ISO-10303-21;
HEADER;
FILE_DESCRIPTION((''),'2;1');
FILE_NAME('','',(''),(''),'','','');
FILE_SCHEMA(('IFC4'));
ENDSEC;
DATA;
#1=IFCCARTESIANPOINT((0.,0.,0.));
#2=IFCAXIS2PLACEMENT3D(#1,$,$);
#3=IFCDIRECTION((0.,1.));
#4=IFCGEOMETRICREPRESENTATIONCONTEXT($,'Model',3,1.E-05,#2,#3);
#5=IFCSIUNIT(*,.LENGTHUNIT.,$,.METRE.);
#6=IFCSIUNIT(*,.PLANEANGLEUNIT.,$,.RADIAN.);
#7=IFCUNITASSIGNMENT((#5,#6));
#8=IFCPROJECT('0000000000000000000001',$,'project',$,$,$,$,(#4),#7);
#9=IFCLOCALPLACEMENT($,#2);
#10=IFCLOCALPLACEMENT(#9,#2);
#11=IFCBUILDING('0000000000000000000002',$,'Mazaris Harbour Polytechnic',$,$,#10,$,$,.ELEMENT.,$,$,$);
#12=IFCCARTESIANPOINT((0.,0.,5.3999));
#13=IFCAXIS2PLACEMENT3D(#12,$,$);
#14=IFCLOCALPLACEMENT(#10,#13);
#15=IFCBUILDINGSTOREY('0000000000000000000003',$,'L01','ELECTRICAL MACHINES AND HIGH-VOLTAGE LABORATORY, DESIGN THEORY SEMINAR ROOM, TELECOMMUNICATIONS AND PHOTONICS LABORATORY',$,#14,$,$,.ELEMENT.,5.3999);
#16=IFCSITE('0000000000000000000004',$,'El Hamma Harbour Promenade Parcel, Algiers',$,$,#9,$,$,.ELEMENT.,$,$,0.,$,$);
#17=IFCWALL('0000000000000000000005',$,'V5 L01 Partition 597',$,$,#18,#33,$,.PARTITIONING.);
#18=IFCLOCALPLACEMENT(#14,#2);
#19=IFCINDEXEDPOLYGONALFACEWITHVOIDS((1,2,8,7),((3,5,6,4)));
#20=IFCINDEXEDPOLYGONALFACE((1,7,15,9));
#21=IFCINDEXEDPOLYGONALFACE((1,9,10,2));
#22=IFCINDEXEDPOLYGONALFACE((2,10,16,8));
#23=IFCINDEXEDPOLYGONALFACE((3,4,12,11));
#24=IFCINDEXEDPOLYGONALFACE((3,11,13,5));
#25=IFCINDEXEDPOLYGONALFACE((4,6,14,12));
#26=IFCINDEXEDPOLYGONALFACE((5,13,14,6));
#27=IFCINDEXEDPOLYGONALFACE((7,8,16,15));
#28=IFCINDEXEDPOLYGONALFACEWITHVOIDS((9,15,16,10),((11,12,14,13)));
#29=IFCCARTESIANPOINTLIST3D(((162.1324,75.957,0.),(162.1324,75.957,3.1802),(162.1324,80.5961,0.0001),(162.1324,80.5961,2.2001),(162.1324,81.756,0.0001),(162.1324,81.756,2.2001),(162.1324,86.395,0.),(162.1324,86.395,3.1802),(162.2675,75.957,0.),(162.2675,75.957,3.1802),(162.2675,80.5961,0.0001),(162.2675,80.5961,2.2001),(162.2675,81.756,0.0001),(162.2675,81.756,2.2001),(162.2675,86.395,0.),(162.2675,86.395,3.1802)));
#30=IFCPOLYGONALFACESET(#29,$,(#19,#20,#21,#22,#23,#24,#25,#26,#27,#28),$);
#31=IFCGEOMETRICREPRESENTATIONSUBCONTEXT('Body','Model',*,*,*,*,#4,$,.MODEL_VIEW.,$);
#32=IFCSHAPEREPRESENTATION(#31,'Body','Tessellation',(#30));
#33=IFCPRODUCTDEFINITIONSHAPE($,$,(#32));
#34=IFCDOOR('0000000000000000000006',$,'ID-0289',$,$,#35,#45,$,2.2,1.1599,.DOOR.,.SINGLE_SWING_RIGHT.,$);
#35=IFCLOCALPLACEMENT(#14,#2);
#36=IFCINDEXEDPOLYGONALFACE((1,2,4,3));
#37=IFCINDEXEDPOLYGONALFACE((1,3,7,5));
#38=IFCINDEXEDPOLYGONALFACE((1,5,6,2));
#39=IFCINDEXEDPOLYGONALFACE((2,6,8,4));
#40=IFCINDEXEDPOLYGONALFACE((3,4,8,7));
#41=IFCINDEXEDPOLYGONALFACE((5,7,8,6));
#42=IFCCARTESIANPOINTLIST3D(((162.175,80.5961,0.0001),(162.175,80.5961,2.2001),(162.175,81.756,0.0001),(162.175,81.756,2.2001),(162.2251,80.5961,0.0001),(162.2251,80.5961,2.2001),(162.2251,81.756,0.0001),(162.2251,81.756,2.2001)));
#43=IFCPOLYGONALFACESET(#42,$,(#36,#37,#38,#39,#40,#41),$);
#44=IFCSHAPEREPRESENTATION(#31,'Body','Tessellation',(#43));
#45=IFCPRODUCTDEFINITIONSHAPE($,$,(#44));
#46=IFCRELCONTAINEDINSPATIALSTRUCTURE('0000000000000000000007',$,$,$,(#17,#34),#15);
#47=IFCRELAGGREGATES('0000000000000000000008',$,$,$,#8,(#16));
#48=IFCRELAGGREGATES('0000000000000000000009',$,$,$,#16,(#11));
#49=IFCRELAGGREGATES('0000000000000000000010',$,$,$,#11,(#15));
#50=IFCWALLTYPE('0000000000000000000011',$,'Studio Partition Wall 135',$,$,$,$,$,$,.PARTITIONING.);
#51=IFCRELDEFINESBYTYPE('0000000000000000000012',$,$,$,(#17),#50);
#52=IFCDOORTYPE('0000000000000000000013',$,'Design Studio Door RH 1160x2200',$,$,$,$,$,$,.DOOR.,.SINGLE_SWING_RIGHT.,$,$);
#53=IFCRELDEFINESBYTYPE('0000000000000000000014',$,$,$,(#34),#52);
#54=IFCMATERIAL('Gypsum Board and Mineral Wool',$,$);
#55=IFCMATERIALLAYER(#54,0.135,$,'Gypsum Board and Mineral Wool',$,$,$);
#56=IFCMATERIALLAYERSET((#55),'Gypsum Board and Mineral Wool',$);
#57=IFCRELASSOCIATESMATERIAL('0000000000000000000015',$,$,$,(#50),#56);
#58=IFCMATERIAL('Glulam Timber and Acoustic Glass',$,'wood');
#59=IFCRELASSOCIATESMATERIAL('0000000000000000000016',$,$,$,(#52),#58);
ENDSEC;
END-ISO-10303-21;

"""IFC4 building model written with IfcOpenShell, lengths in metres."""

from ifc_helpers import new_model, si_unit, direction, frame, frame_2d, origin, place, context, subcontext, project, spatial, rectangle, extrude, material, layer, layer_set, type_object, element, fill, save


model = new_model("IFC4")

# Units and contexts
model_context = context("Model", 3, precision=1e-05, world=origin(), true_north=direction((0.0, 1.0)))
body_context = subcontext(model_context, "Body", "Model", "MODEL_VIEW")
ifc_project = project(units=[si_unit("LENGTHUNIT", "METRE"), si_unit("PLANEANGLEUNIT", "RADIAN")], contexts=[model_context])

# Site, building, storey
site_placement = place(None, origin())
site = spatial("IfcSite", under=ifc_project, at=site_placement, Name="El Hamma Harbour Promenade Parcel, Algiers", CompositionType="ELEMENT", RefElevation=0.0)
building_placement = place(site_placement, origin())
building = spatial("IfcBuilding", under=site, at=building_placement, Name="Mazaris Harbour Polytechnic", CompositionType="ELEMENT")
storey_placement = place(building_placement, frame((0.0, 0.0, 5.3999)))
storey = spatial("IfcBuildingStorey", under=building, at=storey_placement, Name="L01", Description="ELECTRICAL MACHINES AND HIGH-VOLTAGE LABORATORY, DESIGN THEORY SEMINAR ROOM, TELECOMMUNICATIONS AND PHOTONICS LABORATORY", CompositionType="ELEMENT", Elevation=5.3999)

# Wall, opening, door
ifc_material_1 = material(Name="Gypsum Board and Mineral Wool")
ifc_layer_1 = layer(ifc_material_1, 0.135, Name="Gypsum Board and Mineral Wool")
ifc_layer_set_1 = layer_set([ifc_layer_1], Name="Gypsum Board and Mineral Wool")
wall_type_1 = type_object("IfcWallType", Name="Studio Partition Wall 135", PredefinedType="PARTITIONING", material=ifc_layer_set_1)
wall_1_placement = place(storey_placement, frame((162.2, 75.957, 0.0), z_axis=(0.0, 0.0, 1.0), x_axis=(0.0, 1.0, 0.0)))
wall_1 = element("IfcWall", 1, at=wall_1_placement, inside=storey, type_object=wall_type_1, Name="V5 L01 Partition 597", PredefinedType="PARTITIONING", context=body_context, shape_type="SweptSolid", body=[
    extrude(rectangle(XDim=10.438, YDim=0.135, at=frame_2d((5.219, 0.0))), origin(), (0.0, 0.0, 1.0), 3.1802),
])
opening_placement = place(wall_1_placement, frame((4.6389, 0.0, 0.0)))
opening = element("IfcOpeningElement", 2, at=opening_placement, cuts=wall_1, PredefinedType="OPENING", context=body_context, shape_type="SweptSolid", body=[
    extrude(rectangle(XDim=1.1599, YDim=2.2, at=frame_2d((0.5801, 1.1001))), frame((0.0, 0.0774, 0.0), z_axis=(0.0, -1.0, 0.0), x_axis=(1.0, 0.0, 0.0)), (0.0, 0.0, 1.0), 0.155),
])
ifc_material_2 = material(Name="Glulam Timber and Acoustic Glass", Category="wood")
door_type = type_object("IfcDoorType", Name="Design Studio Door RH 1160x2200", OperationType="SINGLE_SWING_RIGHT", PredefinedType="DOOR", material=ifc_material_2)
door_placement = place(opening_placement, origin())
door = element("IfcDoor", 3, at=door_placement, inside=storey, type_object=door_type, Name="ID-0289", OperationType="SINGLE_SWING_RIGHT", OverallHeight=2.2, OverallWidth=1.1599, PredefinedType="DOOR", context=body_context, shape_type="SweptSolid", body=[
    extrude(rectangle(XDim=1.1599, YDim=2.2, at=frame_2d((0.5801, 1.1001))), frame((0.0, 0.0249, 0.0), z_axis=(0.0, -1.0, 0.0), x_axis=(1.0, 0.0, 0.0)), (0.0, 0.0, 1.0), 0.05),
])
fill(opening, door)

save(model, "model.ifc")
